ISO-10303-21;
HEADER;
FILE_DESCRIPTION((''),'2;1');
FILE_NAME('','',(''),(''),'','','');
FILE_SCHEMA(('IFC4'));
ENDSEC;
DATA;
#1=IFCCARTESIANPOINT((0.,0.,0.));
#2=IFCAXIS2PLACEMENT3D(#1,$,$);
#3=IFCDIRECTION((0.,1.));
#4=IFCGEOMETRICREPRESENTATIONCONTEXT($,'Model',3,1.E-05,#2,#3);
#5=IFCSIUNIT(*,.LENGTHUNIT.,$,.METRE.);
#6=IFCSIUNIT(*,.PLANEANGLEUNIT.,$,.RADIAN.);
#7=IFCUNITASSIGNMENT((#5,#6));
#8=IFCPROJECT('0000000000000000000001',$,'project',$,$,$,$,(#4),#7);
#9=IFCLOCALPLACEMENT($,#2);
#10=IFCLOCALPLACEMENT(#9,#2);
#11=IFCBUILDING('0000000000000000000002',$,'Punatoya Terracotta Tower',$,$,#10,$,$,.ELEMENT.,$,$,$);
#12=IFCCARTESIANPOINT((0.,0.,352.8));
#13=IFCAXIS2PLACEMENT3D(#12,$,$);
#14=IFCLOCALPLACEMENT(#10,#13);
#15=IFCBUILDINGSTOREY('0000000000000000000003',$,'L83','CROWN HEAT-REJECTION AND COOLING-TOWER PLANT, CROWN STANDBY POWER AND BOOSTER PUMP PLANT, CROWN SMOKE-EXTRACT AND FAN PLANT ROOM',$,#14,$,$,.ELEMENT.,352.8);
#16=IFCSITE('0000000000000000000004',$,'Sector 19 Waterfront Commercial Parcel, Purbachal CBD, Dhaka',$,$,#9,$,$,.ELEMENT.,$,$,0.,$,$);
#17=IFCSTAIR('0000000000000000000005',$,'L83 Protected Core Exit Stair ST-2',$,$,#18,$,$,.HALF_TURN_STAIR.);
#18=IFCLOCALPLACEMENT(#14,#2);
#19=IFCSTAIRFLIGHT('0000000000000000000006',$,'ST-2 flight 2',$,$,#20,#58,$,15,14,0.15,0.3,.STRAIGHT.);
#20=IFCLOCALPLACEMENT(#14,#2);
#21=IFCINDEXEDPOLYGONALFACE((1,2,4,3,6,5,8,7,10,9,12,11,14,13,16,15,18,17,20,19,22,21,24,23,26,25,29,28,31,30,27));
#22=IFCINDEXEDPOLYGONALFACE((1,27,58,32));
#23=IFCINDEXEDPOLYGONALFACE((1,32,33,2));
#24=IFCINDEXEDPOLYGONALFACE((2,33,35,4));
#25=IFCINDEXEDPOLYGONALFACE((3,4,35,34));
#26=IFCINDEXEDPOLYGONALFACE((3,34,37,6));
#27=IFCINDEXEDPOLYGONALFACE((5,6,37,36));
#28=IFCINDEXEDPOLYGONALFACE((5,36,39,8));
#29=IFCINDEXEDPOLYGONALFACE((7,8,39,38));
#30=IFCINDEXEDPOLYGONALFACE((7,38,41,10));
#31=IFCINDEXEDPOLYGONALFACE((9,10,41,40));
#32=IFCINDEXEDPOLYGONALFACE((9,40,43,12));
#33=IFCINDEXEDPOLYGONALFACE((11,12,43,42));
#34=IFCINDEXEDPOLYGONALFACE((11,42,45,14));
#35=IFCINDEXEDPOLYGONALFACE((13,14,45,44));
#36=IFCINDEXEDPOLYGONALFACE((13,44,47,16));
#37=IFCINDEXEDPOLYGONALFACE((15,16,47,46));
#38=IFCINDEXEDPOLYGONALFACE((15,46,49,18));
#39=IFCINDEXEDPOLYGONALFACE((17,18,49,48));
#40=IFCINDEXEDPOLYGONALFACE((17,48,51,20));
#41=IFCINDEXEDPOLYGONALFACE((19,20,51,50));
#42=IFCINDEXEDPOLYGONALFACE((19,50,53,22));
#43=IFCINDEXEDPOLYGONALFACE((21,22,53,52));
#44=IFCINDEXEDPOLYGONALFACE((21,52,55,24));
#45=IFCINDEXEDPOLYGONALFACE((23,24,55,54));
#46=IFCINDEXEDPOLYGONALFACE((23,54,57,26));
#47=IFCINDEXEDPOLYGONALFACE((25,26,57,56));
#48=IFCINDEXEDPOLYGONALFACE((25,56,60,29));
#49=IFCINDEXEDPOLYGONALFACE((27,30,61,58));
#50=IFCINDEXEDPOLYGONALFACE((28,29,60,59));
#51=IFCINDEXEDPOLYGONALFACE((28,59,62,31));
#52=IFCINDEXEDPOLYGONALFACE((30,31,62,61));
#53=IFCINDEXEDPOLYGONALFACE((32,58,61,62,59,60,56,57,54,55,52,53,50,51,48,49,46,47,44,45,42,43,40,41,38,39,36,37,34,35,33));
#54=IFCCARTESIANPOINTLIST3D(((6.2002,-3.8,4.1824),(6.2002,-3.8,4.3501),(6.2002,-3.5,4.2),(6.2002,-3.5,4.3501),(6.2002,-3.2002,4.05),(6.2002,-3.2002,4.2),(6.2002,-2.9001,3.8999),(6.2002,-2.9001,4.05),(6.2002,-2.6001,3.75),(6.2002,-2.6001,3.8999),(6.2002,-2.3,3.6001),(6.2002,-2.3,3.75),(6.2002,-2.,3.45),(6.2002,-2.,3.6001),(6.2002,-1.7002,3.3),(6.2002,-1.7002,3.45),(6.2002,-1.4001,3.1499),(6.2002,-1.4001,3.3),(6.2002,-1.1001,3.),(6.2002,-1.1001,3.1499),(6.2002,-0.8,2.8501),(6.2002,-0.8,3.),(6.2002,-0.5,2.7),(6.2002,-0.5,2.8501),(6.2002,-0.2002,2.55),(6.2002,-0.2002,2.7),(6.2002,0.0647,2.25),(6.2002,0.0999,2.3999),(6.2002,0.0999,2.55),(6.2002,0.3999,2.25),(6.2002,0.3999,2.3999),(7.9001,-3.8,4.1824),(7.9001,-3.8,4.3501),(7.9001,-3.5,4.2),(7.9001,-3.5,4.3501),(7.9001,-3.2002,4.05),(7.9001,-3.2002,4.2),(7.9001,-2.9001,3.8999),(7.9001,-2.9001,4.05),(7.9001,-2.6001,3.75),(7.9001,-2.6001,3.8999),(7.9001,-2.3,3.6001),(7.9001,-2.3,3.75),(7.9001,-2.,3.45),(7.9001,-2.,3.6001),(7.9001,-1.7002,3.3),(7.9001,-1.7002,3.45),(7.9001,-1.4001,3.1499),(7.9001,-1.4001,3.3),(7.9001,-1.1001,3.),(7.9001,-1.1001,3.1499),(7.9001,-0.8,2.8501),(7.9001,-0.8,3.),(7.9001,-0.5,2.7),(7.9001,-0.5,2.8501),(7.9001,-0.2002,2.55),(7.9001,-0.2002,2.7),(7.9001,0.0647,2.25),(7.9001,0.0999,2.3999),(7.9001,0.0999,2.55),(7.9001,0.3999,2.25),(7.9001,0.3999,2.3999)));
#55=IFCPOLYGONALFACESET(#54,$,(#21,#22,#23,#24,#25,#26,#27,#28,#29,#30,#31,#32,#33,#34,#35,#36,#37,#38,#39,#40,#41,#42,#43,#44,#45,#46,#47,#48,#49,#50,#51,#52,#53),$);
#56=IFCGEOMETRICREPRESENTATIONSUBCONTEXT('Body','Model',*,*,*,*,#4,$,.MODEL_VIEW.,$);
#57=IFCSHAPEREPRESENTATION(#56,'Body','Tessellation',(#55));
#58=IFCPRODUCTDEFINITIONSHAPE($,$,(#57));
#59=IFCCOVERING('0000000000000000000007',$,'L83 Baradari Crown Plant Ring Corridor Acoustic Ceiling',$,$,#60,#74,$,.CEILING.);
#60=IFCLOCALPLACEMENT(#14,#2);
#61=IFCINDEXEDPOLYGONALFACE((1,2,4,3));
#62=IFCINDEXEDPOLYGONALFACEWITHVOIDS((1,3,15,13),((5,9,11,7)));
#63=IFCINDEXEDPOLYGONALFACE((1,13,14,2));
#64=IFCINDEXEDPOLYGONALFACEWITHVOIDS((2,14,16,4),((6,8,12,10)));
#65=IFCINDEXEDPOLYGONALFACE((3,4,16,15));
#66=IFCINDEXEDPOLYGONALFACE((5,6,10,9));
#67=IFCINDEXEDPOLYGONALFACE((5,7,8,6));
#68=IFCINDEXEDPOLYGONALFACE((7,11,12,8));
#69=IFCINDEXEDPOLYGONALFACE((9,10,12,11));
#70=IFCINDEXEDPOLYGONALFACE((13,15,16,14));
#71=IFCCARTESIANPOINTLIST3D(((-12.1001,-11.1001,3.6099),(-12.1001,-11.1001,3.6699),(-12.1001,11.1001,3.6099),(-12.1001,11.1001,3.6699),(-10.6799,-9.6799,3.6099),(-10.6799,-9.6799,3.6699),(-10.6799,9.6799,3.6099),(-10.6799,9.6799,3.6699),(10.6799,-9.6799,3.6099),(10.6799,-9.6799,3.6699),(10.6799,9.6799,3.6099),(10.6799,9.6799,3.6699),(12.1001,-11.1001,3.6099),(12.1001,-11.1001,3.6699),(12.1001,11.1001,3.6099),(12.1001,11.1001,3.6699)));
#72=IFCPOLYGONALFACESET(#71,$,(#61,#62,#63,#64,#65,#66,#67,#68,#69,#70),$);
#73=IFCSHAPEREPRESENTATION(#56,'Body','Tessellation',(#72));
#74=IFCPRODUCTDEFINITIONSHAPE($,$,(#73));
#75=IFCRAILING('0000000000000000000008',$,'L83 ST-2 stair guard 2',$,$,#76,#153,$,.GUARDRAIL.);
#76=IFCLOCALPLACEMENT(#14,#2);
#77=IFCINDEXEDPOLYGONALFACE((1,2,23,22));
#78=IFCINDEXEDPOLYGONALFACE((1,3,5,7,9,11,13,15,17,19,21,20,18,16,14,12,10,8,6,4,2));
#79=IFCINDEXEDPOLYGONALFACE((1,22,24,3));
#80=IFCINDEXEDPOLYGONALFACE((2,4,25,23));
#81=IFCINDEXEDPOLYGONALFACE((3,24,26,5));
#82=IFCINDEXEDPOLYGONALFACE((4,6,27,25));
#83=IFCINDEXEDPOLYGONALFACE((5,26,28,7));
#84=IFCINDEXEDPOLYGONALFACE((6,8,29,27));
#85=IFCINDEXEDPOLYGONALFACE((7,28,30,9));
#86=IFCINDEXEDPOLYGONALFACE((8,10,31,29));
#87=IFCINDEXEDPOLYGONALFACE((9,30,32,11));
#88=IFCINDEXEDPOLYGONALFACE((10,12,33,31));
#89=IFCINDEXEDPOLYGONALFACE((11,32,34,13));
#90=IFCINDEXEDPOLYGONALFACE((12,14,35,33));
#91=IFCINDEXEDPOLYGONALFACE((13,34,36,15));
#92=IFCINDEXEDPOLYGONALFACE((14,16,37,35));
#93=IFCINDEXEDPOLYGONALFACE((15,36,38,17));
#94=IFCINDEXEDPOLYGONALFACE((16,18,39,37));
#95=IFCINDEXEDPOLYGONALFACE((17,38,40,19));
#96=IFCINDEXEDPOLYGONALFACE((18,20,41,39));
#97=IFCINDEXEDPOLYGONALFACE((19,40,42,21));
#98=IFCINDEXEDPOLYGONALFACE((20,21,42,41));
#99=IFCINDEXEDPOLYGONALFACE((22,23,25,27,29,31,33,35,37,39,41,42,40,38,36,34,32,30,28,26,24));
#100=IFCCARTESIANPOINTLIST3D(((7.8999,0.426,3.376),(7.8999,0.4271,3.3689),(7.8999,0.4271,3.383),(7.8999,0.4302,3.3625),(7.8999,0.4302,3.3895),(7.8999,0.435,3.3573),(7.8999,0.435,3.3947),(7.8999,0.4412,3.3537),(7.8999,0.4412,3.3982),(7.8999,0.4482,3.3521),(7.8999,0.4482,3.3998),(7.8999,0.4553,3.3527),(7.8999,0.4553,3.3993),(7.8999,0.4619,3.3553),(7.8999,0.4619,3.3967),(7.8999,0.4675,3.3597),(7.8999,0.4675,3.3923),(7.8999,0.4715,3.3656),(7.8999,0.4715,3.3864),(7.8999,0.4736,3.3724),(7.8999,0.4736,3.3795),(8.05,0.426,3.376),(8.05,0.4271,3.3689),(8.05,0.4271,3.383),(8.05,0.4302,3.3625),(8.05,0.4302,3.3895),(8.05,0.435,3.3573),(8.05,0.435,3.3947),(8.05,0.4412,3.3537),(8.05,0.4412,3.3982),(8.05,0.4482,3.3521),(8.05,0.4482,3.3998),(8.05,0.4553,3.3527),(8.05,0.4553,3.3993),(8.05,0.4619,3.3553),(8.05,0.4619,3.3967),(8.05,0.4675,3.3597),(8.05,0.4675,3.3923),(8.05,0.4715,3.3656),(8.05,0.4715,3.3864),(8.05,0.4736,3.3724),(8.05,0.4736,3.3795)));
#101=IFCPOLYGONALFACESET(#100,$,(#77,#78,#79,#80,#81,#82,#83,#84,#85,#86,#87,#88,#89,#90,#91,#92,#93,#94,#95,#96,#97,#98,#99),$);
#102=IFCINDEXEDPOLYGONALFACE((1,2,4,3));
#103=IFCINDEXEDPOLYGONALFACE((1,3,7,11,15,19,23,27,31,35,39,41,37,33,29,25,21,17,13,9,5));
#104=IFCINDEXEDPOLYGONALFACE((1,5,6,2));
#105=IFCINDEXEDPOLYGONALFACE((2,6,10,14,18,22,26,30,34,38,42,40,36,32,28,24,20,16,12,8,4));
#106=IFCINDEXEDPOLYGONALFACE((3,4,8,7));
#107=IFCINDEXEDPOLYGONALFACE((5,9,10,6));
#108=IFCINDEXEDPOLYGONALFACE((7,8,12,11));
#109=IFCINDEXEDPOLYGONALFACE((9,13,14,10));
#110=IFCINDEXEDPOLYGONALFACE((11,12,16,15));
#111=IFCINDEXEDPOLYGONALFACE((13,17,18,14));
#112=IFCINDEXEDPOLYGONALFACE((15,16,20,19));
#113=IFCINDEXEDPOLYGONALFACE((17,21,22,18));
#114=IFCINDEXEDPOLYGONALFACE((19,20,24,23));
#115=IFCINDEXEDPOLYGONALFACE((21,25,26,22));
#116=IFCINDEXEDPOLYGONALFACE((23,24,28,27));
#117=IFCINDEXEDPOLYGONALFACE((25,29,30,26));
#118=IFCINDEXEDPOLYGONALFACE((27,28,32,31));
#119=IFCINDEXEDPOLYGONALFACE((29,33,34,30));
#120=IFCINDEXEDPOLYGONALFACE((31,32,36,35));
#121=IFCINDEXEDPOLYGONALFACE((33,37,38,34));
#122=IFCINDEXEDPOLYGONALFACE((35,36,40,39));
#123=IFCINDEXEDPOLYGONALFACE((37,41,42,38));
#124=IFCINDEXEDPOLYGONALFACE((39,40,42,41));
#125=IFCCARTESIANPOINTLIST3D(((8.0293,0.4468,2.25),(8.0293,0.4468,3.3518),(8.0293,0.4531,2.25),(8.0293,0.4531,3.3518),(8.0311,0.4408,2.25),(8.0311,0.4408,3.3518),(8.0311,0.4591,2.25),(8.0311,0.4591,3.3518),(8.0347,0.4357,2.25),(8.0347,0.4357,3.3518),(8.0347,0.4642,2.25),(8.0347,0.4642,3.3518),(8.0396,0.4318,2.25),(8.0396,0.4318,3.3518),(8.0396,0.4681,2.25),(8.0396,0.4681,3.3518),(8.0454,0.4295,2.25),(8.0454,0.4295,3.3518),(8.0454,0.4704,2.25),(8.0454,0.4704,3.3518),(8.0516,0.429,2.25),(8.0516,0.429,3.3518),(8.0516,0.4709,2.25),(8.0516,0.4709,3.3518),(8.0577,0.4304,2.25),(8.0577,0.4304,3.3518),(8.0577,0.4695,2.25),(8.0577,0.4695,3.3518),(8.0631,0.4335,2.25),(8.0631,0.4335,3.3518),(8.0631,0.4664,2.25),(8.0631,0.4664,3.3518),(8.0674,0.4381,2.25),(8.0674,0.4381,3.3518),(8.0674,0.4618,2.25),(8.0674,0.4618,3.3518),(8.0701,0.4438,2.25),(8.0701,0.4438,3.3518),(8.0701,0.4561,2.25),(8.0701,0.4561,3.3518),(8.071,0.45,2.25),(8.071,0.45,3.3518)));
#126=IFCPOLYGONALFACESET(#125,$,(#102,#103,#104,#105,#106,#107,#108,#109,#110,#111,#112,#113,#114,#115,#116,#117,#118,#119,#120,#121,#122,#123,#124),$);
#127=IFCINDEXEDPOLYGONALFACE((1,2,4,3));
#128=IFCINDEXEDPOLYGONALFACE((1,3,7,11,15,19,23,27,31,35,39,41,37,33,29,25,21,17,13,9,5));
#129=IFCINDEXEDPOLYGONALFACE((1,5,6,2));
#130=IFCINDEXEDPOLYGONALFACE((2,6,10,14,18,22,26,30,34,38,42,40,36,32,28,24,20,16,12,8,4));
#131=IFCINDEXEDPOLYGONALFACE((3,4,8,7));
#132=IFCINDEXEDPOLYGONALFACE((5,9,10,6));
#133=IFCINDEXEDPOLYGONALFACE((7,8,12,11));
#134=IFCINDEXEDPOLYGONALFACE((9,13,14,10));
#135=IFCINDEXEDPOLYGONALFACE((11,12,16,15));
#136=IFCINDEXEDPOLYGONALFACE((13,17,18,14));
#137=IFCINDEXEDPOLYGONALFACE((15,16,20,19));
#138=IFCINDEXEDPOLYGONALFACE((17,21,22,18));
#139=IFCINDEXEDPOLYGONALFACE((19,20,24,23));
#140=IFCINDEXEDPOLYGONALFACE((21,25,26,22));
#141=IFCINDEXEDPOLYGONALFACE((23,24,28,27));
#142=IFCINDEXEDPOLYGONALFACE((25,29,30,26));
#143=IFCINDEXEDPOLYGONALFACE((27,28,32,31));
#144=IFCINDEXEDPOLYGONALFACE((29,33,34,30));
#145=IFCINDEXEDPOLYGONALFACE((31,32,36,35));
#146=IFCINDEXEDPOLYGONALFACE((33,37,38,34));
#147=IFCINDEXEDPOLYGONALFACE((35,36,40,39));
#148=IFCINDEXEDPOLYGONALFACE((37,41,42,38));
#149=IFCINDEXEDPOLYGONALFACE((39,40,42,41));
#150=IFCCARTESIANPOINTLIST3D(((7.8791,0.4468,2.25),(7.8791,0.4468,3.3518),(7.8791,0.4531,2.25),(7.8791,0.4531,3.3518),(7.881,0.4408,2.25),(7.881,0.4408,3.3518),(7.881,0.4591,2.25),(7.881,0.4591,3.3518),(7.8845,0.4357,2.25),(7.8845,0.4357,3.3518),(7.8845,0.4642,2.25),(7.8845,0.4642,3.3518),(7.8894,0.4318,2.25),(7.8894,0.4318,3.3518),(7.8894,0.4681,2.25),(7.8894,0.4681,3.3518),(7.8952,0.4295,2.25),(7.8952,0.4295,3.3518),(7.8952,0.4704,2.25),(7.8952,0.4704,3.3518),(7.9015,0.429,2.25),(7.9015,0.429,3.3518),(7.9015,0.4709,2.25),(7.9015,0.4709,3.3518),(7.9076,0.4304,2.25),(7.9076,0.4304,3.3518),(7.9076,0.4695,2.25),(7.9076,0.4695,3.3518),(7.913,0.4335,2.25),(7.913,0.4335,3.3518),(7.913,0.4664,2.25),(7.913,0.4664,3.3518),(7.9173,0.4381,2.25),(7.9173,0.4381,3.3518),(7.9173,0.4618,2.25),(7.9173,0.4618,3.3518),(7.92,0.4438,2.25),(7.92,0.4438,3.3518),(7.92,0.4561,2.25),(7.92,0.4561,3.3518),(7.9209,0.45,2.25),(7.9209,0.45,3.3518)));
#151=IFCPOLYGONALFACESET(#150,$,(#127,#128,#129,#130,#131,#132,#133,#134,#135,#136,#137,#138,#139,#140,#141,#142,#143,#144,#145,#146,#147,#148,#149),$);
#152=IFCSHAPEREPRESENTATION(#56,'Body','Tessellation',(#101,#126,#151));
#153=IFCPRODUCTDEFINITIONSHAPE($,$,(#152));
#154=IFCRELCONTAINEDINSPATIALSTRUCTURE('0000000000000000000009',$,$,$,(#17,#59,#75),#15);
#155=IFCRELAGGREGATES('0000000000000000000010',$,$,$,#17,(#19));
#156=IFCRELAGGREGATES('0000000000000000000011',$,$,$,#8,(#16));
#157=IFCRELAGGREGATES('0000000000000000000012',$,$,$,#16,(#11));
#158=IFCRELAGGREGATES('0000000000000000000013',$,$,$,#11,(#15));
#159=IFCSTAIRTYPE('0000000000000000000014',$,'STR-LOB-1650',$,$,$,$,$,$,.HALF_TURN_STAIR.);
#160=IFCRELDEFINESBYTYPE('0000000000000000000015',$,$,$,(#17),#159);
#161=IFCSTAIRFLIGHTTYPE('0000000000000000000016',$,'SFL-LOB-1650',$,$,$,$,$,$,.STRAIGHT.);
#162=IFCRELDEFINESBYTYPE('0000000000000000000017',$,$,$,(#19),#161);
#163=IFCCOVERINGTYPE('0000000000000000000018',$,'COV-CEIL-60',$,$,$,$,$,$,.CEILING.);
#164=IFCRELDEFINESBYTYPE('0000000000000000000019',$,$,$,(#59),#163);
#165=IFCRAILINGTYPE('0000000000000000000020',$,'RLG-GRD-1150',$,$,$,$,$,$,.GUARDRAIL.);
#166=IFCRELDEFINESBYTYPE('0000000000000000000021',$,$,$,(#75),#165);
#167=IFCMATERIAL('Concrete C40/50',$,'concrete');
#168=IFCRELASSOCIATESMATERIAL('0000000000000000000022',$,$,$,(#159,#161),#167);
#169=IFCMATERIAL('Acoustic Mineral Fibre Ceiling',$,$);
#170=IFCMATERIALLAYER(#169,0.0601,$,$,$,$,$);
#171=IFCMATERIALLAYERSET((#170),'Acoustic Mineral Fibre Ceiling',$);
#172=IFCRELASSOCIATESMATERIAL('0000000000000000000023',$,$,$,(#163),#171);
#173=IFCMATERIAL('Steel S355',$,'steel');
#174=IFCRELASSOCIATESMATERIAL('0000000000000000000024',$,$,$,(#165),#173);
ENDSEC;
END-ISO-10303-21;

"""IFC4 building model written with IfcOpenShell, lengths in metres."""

from ifc_helpers import new_model, si_unit, direction, frame, origin, origin_2d, place, context, subcontext, project, spatial, polyline, circle, outline, extrude, material, layer, layer_set, type_object, element, aggregate, save


model = new_model("IFC4")

# Units and contexts
model_context = context("Model", 3, precision=1e-05, world=origin(), true_north=direction((0.0, 1.0)))
body_context = subcontext(model_context, "Body", "Model", "MODEL_VIEW")
ifc_project = project(units=[si_unit("LENGTHUNIT", "METRE"), si_unit("PLANEANGLEUNIT", "RADIAN")], contexts=[model_context])

# Site, building, storey
site_placement = place(None, origin())
site = spatial("IfcSite", under=ifc_project, at=site_placement, Name="Sector 19 Waterfront Commercial Parcel, Purbachal CBD, Dhaka", CompositionType="ELEMENT", RefElevation=0.0)
building_placement = place(site_placement, origin())
building = spatial("IfcBuilding", under=site, at=building_placement, Name="Punatoya Terracotta Tower", CompositionType="ELEMENT")
storey_placement = place(building_placement, frame((0.0, 0.0, 352.8)))
storey = spatial("IfcBuildingStorey", under=building, at=storey_placement, Name="L83", Description="CROWN HEAT-REJECTION AND COOLING-TOWER PLANT, CROWN STANDBY POWER AND BOOSTER PUMP PLANT, CROWN SMOKE-EXTRACT AND FAN PLANT ROOM", CompositionType="ELEMENT", Elevation=352.8)

# Shared definitions
ifc_material_1 = material(Name="Steel S355", Category="steel")

# Shared definitions
ifc_material_2 = material(Name="Concrete C40/50", Category="concrete")

# Stair, stair flight
stair_type_1 = type_object("IfcStairType", Name="STR-LOB-1650", PredefinedType="HALF_TURN_STAIR", material=ifc_material_2)
stair_1_placement = place(storey_placement, origin())
stair_1 = element("IfcStair", 1, at=stair_1_placement, inside=storey, type_object=stair_type_1, Name="L83 Protected Core Exit Stair ST-2", PredefinedType="HALF_TURN_STAIR")
stair_flight_type = type_object("IfcStairFlightType", Name="SFL-LOB-1650", PredefinedType="STRAIGHT", material=ifc_material_2)
stair_flight_placement = place(storey_placement, frame((7.05, 0.3999, 2.25), z_axis=(0.0, 0.0, 1.0), x_axis=(0.0, -1.0, 0.0)))
stair_flight = element("IfcStairFlight", 2, at=stair_flight_placement, type_object=stair_flight_type, Name="ST-2 flight 2", NumberOfRisers=15, NumberOfTreads=14, PredefinedType="STRAIGHT", RiserHeight=0.15, TreadLength=0.3, context=body_context, shape_type="SweptSolid", body=[
    extrude(outline(polyline([(0.0, 0.0), (0.0, 0.1499), (0.3, 0.1499), (0.3, 0.3), (0.6001, 0.3), (0.6001, 0.45), (0.8999, 0.45), (0.8999, 0.6001), (1.2, 0.6001), (1.2, 0.75), (1.5, 0.75), (1.5, 0.8999), (1.8, 0.8999), (1.8, 1.05), (2.1001, 1.05), (2.1001, 1.2), (2.3999, 1.2), (2.3999, 1.3501), (2.7, 1.3501), (2.7, 1.5), (3.0, 1.5), (3.0, 1.6499), (3.3, 1.6499), (3.3, 1.8), (3.6001, 1.8), (3.6001, 1.95), (3.8999, 1.95), (3.8999, 2.1001), (4.2, 2.1001), (4.2, 2.25), (4.2, 1.9324), (0.3352, 0.0), (0.0, 0.0)])), frame((0.0, 0.8501, 0.0), z_axis=(0.0, -1.0, 0.0), x_axis=(1.0, 0.0, 0.0)), (0.0, 0.0, 1.0), 1.7),
])
aggregate(stair_1, [stair_flight])

# Covering
ifc_material_3 = material(Name="Acoustic Mineral Fibre Ceiling")
ifc_layer_1 = layer(ifc_material_3, 0.0601)
ifc_layer_set_1 = layer_set([ifc_layer_1], Name="Acoustic Mineral Fibre Ceiling")
covering_type = type_object("IfcCoveringType", Name="COV-CEIL-60", PredefinedType="CEILING", material=ifc_layer_set_1)
covering_placement = place(storey_placement, frame((0.0, 0.0, 3.6099)))
element("IfcCovering", 3, at=covering_placement, inside=storey, type_object=covering_type, Name="L83 Baradari Crown Plant Ring Corridor Acoustic Ceiling", PredefinedType="CEILING", context=body_context, shape_type="SweptSolid", body=[
    extrude(outline(polyline([(-12.1001, 11.1001), (-12.1001, -11.1001), (12.1001, -11.1001), (12.1001, 11.1001), (-12.1001, 11.1001)]), holes=[polyline([(-10.6799, 9.6799), (10.6799, 9.6799), (10.6799, -9.6799), (-10.6799, -9.6799), (-10.6799, 9.6799)])]), origin(), (0.0, 0.0, 1.0), 0.0601),
])

# Railing
railing_type_1 = type_object("IfcRailingType", Name="RLG-GRD-1150", PredefinedType="GUARDRAIL", material=ifc_material_1)
railing_1_placement = place(storey_placement, frame((8.05, 0.45, 2.25)))
element("IfcRailing", 4, at=railing_1_placement, inside=storey, type_object=railing_type_1, Name="L83 ST-2 stair guard 2", PredefinedType="GUARDRAIL", context=body_context, shape_type="SweptSolid", body=[
    extrude(circle(Radius=0.0239, at=origin_2d()), frame((0.0, 0.0, 1.126), z_axis=(-1.0, 0.0, 0.0), x_axis=(0.0, -1.0, 0.0)), (0.0, 0.0, 1.0), 0.1501),
    extrude(circle(Radius=0.021, at=origin_2d()), origin(), (0.0, 0.0, 1.0), 1.1018),
    extrude(circle(Radius=0.021, at=origin_2d()), frame((-0.1501, 0.0, 0.0)), (0.0, 0.0, 1.0), 1.1018),
])

save(model, "model.ifc")
